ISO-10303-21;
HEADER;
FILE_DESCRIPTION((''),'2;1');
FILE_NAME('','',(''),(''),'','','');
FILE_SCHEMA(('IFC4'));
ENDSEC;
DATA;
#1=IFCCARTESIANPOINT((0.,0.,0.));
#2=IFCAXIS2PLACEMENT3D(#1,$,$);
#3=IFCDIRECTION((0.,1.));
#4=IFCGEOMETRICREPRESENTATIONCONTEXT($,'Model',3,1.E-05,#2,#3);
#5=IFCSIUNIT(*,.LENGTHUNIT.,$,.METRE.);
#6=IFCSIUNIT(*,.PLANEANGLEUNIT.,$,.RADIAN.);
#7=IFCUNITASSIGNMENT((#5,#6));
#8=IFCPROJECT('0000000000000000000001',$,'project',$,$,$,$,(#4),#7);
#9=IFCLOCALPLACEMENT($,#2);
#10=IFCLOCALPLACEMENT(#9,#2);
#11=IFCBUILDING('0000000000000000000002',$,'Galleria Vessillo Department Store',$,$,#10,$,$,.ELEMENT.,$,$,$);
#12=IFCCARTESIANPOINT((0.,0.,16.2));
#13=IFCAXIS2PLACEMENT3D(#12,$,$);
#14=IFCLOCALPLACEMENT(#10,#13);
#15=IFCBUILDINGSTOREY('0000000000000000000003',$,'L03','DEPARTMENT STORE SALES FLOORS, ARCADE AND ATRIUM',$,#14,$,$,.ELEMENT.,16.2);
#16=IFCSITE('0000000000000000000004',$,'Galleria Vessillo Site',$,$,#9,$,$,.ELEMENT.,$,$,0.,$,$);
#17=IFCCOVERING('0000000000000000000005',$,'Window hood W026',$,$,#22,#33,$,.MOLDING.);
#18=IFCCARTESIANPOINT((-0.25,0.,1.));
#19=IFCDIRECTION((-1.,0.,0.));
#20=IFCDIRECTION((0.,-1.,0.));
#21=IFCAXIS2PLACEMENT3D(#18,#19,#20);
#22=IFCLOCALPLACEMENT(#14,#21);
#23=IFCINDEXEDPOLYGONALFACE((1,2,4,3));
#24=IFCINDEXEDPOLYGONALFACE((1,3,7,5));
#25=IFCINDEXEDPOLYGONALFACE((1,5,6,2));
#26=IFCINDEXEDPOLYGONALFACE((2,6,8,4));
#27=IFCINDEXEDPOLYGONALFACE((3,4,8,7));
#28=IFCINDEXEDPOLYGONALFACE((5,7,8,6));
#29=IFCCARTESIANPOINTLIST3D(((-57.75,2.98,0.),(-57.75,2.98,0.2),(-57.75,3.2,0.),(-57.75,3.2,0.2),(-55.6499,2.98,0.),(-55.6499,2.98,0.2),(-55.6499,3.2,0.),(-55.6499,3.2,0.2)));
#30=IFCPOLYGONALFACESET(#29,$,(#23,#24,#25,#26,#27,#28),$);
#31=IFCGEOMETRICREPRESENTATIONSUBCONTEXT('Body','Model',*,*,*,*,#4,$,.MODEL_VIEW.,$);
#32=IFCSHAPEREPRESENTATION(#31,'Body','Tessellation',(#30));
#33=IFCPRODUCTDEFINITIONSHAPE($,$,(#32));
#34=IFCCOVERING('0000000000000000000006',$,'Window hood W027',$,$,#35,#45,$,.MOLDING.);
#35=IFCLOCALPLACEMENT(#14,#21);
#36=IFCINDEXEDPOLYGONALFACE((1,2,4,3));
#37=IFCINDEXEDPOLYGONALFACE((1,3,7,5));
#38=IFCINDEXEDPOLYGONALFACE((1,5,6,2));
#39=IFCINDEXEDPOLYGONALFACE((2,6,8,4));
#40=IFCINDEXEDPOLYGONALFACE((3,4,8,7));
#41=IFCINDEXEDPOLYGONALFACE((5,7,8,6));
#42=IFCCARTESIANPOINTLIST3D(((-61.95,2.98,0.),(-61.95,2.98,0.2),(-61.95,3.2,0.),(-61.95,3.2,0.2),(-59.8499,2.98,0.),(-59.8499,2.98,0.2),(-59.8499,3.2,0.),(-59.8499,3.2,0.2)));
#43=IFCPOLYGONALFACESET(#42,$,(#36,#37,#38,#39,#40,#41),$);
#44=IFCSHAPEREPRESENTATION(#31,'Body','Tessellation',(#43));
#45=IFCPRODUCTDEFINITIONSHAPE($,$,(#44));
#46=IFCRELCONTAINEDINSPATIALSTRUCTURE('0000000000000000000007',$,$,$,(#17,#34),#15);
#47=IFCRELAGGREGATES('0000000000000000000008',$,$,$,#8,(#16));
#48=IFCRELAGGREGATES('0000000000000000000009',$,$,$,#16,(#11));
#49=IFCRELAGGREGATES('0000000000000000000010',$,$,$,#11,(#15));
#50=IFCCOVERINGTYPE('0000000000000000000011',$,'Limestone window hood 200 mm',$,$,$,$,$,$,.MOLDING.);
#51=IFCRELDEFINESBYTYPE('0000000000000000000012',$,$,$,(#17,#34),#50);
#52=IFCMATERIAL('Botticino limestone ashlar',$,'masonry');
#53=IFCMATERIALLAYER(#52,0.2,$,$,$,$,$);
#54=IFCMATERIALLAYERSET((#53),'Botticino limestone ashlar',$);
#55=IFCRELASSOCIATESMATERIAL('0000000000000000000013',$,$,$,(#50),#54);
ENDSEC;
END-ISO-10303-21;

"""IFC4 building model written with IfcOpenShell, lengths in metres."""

from ifc_helpers import new_model, si_unit, direction, frame, origin, place, context, subcontext, project, spatial, polyline, outline, extrude, material, layer, layer_set, type_object, element, save


model = new_model("IFC4")

# Units and contexts
model_context = context("Model", 3, precision=1e-05, world=origin(), true_north=direction((0.0, 1.0)))
body_context = subcontext(model_context, "Body", "Model", "MODEL_VIEW")
ifc_project = project(units=[si_unit("LENGTHUNIT", "METRE"), si_unit("PLANEANGLEUNIT", "RADIAN")], contexts=[model_context])

# Site, building, storey
site_placement = place(None, origin())
site = spatial("IfcSite", under=ifc_project, at=site_placement, Name="Galleria Vessillo Site", CompositionType="ELEMENT", RefElevation=0.0)
building_placement = place(site_placement, origin())
building = spatial("IfcBuilding", under=site, at=building_placement, Name="Galleria Vessillo Department Store", CompositionType="ELEMENT")
storey_placement = place(building_placement, frame((0.0, 0.0, 16.2)))
storey = spatial("IfcBuildingStorey", under=building, at=storey_placement, Name="L03", Description="DEPARTMENT STORE SALES FLOORS, ARCADE AND ATRIUM", CompositionType="ELEMENT", Elevation=16.2)

# Coverings
ifc_material_1 = material(Name="Botticino limestone ashlar", Category="masonry")
ifc_layer_1 = layer(ifc_material_1, 0.2)
ifc_layer_set_1 = layer_set([ifc_layer_1], Name="Botticino limestone ashlar")
covering_type_1 = type_object("IfcCoveringType", Name="Limestone window hood 200 mm", PredefinedType="MOLDING", material=ifc_layer_set_1)
covering_1_placement = place(storey_placement, frame((-0.25, 0.0, 1.0), z_axis=(-1.0, 0.0, 0.0), x_axis=(0.0, -1.0, 0.0)))
element("IfcCovering", 1, at=covering_1_placement, inside=storey, type_object=covering_type_1, Name="Window hood W026", PredefinedType="MOLDING", context=body_context, shape_type="SweptSolid", body=[
    extrude(outline(polyline([(-55.6499, 3.2), (-57.75, 3.2), (-57.75, 2.98), (-55.6499, 2.98), (-55.6499, 3.2)])), origin(), (0.0, 0.0, 1.0), 0.2),
])
covering_2_placement = place(storey_placement, frame((-0.25, 0.0, 1.0), z_axis=(-1.0, 0.0, 0.0), x_axis=(0.0, -1.0, 0.0)))
element("IfcCovering", 2, at=covering_2_placement, inside=storey, type_object=covering_type_1, Name="Window hood W027", PredefinedType="MOLDING", context=body_context, shape_type="SweptSolid", body=[
    extrude(outline(polyline([(-59.8499, 3.2), (-61.95, 3.2), (-61.95, 2.98), (-59.8499, 2.98), (-59.8499, 3.2)])), origin(), (0.0, 0.0, 1.0), 0.2),
])

save(model, "model.ifc")
